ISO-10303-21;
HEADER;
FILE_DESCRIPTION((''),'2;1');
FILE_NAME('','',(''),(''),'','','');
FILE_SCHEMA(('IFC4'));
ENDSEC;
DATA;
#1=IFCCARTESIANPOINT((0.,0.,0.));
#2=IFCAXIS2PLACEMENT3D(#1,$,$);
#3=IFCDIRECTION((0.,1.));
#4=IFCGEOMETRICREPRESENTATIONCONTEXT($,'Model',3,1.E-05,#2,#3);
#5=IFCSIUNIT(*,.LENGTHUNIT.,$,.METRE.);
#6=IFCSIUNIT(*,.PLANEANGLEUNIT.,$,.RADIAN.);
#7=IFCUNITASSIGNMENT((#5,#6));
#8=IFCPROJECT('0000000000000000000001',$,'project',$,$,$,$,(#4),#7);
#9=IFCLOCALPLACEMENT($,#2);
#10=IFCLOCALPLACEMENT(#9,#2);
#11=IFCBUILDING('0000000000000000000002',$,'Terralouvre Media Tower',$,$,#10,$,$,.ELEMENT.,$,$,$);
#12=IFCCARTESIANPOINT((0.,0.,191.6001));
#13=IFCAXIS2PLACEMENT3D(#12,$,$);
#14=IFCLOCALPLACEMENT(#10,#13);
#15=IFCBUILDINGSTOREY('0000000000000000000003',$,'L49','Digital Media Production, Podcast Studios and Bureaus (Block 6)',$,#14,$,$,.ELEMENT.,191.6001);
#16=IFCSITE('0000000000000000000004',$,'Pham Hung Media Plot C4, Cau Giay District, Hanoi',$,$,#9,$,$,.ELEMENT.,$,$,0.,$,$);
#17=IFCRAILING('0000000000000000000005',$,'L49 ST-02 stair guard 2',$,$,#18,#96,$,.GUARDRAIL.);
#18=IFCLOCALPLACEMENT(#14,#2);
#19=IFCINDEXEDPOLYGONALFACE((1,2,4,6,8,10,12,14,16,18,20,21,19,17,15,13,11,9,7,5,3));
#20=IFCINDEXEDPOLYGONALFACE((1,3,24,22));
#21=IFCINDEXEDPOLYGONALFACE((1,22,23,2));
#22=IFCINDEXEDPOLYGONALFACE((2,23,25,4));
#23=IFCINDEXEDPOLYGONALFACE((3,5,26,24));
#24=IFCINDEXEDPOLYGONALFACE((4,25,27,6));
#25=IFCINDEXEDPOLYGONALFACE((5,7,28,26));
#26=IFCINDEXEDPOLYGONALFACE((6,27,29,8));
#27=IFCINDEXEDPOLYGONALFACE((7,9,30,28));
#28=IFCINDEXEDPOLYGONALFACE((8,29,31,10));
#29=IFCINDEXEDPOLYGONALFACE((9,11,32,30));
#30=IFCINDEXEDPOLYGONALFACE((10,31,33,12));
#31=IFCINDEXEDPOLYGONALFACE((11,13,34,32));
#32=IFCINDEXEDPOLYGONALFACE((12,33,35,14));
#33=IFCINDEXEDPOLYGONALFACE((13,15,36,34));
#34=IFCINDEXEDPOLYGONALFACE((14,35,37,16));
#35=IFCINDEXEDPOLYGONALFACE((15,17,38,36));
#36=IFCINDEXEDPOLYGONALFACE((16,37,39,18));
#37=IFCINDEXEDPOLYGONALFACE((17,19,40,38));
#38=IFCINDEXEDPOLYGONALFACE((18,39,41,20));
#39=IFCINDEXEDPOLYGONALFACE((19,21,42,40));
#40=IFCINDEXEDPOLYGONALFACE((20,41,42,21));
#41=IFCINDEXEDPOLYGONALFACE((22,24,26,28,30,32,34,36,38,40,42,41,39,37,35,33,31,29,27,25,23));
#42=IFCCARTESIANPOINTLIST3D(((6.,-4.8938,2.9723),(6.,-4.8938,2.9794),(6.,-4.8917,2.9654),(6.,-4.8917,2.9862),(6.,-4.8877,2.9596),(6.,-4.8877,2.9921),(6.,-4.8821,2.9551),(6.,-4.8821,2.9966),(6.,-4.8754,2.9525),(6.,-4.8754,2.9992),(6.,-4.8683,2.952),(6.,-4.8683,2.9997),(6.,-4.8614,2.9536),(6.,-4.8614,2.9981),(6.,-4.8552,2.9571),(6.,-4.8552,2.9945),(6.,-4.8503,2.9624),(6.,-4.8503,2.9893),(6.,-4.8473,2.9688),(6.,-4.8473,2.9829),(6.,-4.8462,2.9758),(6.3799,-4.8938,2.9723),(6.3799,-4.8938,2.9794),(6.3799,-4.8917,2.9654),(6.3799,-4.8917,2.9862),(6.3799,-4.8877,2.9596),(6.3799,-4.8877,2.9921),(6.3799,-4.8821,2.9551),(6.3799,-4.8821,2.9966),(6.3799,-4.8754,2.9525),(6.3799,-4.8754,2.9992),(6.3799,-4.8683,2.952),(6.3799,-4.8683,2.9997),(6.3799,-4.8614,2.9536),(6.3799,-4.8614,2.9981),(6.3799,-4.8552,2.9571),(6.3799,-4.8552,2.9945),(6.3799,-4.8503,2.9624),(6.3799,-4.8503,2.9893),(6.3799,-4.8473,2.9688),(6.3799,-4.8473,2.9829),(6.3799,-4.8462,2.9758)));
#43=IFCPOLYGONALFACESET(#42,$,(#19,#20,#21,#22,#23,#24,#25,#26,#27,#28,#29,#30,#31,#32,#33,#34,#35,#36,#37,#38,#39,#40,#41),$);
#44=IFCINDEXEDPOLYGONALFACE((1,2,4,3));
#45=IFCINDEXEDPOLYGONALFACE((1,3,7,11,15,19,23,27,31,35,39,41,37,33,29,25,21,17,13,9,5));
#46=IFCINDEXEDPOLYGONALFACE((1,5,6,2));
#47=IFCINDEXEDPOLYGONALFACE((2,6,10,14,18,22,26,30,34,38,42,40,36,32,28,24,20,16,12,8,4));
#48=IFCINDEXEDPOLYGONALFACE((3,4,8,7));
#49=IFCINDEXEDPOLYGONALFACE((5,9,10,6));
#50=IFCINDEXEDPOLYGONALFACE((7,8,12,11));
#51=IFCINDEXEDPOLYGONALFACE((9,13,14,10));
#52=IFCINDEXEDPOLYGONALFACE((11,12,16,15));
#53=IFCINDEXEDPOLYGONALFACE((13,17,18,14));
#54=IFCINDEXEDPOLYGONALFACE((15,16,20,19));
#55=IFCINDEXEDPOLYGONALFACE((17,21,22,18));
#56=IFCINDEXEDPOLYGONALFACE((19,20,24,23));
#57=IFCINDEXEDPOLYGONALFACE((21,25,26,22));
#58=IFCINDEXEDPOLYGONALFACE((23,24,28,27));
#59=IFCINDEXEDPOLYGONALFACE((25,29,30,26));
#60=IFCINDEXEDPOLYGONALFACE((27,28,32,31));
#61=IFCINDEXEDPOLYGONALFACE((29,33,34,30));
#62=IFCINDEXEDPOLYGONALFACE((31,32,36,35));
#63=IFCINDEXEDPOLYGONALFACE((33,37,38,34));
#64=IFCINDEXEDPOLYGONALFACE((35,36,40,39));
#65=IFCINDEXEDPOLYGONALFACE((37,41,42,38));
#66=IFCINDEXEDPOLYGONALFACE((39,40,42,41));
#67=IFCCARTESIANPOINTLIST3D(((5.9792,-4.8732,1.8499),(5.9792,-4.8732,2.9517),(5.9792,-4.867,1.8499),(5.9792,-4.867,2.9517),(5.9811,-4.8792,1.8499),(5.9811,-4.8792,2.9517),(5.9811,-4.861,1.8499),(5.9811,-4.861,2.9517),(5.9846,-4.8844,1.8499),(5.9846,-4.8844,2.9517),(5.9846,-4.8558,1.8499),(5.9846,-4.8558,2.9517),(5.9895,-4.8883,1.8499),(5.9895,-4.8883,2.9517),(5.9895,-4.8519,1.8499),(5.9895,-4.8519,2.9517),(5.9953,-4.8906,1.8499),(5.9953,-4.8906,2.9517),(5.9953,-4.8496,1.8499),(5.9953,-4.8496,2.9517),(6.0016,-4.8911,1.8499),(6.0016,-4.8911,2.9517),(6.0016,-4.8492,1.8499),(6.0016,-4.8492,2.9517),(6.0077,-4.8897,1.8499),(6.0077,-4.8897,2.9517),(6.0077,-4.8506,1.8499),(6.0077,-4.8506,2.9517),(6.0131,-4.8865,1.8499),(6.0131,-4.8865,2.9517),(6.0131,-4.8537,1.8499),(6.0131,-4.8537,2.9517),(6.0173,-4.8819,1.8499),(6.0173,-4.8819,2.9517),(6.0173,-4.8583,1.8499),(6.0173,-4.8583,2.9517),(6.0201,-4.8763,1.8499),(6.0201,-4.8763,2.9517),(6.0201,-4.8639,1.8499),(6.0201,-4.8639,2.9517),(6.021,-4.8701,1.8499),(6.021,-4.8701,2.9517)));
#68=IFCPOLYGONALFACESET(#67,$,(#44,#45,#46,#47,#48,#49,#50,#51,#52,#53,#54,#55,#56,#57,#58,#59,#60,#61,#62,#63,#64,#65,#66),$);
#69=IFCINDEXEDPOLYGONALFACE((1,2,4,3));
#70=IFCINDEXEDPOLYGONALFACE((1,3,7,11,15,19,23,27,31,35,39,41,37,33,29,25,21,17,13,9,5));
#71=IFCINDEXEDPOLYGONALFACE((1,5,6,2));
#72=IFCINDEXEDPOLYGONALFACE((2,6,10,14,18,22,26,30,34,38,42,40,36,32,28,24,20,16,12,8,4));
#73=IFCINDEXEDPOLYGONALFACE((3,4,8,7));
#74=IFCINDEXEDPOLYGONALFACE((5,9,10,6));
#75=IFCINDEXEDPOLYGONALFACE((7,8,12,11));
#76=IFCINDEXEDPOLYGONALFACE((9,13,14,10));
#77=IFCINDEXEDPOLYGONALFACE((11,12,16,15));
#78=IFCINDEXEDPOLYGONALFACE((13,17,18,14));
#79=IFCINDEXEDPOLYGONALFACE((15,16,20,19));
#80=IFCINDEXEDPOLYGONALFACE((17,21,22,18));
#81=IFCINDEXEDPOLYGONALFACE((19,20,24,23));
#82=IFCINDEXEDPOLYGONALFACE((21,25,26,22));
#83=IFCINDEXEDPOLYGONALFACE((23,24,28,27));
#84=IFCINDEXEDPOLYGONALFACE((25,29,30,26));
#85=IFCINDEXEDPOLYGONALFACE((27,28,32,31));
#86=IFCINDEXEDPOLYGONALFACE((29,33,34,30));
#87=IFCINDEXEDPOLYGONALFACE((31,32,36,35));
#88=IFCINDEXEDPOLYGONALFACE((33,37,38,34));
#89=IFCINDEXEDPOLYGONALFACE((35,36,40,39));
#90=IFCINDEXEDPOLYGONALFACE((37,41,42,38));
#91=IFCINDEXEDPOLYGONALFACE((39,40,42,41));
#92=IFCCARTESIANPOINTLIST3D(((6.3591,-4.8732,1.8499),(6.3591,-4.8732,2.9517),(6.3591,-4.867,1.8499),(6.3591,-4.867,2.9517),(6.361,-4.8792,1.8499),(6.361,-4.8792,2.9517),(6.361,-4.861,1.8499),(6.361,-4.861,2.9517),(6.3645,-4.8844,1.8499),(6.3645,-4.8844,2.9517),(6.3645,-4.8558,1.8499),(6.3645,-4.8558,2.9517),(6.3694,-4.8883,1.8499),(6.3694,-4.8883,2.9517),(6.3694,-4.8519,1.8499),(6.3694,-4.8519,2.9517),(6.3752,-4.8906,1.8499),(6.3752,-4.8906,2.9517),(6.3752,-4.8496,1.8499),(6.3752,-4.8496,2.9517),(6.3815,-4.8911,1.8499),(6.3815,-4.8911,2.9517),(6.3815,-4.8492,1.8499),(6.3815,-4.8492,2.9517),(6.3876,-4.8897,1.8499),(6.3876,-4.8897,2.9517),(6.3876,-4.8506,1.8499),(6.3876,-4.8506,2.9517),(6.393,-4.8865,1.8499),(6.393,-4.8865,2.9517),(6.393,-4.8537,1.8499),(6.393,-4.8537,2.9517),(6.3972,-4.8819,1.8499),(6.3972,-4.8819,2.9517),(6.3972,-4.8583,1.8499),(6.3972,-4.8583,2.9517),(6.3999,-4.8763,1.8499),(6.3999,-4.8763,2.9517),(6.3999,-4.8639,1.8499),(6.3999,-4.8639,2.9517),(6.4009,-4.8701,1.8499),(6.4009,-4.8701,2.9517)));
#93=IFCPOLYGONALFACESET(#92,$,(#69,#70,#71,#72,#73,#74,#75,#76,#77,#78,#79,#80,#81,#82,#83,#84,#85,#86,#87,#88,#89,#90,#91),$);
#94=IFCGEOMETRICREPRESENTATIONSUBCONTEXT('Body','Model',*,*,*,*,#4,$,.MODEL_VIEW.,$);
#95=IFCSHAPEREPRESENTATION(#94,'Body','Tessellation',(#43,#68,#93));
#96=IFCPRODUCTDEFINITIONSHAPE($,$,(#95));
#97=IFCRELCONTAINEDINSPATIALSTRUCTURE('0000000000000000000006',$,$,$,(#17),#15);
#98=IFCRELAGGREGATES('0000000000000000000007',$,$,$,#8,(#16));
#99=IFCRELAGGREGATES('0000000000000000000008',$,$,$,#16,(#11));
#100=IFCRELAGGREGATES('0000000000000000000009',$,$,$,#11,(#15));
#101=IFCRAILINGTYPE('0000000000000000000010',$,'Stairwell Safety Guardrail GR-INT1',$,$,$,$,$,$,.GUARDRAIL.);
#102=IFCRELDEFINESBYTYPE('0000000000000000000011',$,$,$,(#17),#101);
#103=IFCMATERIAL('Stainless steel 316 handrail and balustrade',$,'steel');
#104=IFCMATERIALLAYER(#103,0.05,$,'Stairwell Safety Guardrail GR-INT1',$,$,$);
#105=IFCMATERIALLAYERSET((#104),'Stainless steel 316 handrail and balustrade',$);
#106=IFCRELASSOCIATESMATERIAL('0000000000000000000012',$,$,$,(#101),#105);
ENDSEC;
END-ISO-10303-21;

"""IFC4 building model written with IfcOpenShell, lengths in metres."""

from ifc_helpers import new_model, si_unit, direction, frame, origin, origin_2d, place, context, subcontext, project, spatial, circle, extrude, material, layer, layer_set, type_object, element, save


model = new_model("IFC4")

# Units and contexts
model_context = context("Model", 3, precision=1e-05, world=origin(), true_north=direction((0.0, 1.0)))
body_context = subcontext(model_context, "Body", "Model", "MODEL_VIEW")
ifc_project = project(units=[si_unit("LENGTHUNIT", "METRE"), si_unit("PLANEANGLEUNIT", "RADIAN")], contexts=[model_context])

# Site, building, storey
site_placement = place(None, origin())
site = spatial("IfcSite", under=ifc_project, at=site_placement, Name="Pham Hung Media Plot C4, Cau Giay District, Hanoi", CompositionType="ELEMENT", RefElevation=0.0)
building_placement = place(site_placement, origin())
building = spatial("IfcBuilding", under=site, at=building_placement, Name="Terralouvre Media Tower", CompositionType="ELEMENT")
storey_placement = place(building_placement, frame((0.0, 0.0, 191.6001)))
storey = spatial("IfcBuildingStorey", under=building, at=storey_placement, Name="L49", Description="Digital Media Production, Podcast Studios and Bureaus (Block 6)", CompositionType="ELEMENT", Elevation=191.6001)

# Railing
ifc_material_1 = material(Name="Stainless steel 316 handrail and balustrade", Category="steel")
ifc_layer_1 = layer(ifc_material_1, 0.05, Name="Stairwell Safety Guardrail GR-INT1")
ifc_layer_set_1 = layer_set([ifc_layer_1], Name="Stainless steel 316 handrail and balustrade")
railing_type_1 = type_object("IfcRailingType", Name="Stairwell Safety Guardrail GR-INT1", PredefinedType="GUARDRAIL", material=ifc_layer_set_1)
railing_1_placement = place(storey_placement, frame((6.0, -4.8701, 1.8499)))
element("IfcRailing", 1, at=railing_1_placement, inside=storey, type_object=railing_type_1, Name="L49 ST-02 stair guard 2", PredefinedType="GUARDRAIL", context=body_context, shape_type="SweptSolid", body=[
    extrude(circle(Radius=0.0239, at=origin_2d()), frame((0.0, 0.0, 1.126), z_axis=(1.0, 0.0, 0.0), x_axis=(0.0, 1.0, 0.0)), (0.0, 0.0, 1.0), 0.3799),
    extrude(circle(Radius=0.021, at=origin_2d()), origin(), (0.0, 0.0, 1.0), 1.1018),
    extrude(circle(Radius=0.021, at=origin_2d()), frame((0.3799, 0.0, 0.0)), (0.0, 0.0, 1.0), 1.1018),
])

save(model, "model.ifc")
